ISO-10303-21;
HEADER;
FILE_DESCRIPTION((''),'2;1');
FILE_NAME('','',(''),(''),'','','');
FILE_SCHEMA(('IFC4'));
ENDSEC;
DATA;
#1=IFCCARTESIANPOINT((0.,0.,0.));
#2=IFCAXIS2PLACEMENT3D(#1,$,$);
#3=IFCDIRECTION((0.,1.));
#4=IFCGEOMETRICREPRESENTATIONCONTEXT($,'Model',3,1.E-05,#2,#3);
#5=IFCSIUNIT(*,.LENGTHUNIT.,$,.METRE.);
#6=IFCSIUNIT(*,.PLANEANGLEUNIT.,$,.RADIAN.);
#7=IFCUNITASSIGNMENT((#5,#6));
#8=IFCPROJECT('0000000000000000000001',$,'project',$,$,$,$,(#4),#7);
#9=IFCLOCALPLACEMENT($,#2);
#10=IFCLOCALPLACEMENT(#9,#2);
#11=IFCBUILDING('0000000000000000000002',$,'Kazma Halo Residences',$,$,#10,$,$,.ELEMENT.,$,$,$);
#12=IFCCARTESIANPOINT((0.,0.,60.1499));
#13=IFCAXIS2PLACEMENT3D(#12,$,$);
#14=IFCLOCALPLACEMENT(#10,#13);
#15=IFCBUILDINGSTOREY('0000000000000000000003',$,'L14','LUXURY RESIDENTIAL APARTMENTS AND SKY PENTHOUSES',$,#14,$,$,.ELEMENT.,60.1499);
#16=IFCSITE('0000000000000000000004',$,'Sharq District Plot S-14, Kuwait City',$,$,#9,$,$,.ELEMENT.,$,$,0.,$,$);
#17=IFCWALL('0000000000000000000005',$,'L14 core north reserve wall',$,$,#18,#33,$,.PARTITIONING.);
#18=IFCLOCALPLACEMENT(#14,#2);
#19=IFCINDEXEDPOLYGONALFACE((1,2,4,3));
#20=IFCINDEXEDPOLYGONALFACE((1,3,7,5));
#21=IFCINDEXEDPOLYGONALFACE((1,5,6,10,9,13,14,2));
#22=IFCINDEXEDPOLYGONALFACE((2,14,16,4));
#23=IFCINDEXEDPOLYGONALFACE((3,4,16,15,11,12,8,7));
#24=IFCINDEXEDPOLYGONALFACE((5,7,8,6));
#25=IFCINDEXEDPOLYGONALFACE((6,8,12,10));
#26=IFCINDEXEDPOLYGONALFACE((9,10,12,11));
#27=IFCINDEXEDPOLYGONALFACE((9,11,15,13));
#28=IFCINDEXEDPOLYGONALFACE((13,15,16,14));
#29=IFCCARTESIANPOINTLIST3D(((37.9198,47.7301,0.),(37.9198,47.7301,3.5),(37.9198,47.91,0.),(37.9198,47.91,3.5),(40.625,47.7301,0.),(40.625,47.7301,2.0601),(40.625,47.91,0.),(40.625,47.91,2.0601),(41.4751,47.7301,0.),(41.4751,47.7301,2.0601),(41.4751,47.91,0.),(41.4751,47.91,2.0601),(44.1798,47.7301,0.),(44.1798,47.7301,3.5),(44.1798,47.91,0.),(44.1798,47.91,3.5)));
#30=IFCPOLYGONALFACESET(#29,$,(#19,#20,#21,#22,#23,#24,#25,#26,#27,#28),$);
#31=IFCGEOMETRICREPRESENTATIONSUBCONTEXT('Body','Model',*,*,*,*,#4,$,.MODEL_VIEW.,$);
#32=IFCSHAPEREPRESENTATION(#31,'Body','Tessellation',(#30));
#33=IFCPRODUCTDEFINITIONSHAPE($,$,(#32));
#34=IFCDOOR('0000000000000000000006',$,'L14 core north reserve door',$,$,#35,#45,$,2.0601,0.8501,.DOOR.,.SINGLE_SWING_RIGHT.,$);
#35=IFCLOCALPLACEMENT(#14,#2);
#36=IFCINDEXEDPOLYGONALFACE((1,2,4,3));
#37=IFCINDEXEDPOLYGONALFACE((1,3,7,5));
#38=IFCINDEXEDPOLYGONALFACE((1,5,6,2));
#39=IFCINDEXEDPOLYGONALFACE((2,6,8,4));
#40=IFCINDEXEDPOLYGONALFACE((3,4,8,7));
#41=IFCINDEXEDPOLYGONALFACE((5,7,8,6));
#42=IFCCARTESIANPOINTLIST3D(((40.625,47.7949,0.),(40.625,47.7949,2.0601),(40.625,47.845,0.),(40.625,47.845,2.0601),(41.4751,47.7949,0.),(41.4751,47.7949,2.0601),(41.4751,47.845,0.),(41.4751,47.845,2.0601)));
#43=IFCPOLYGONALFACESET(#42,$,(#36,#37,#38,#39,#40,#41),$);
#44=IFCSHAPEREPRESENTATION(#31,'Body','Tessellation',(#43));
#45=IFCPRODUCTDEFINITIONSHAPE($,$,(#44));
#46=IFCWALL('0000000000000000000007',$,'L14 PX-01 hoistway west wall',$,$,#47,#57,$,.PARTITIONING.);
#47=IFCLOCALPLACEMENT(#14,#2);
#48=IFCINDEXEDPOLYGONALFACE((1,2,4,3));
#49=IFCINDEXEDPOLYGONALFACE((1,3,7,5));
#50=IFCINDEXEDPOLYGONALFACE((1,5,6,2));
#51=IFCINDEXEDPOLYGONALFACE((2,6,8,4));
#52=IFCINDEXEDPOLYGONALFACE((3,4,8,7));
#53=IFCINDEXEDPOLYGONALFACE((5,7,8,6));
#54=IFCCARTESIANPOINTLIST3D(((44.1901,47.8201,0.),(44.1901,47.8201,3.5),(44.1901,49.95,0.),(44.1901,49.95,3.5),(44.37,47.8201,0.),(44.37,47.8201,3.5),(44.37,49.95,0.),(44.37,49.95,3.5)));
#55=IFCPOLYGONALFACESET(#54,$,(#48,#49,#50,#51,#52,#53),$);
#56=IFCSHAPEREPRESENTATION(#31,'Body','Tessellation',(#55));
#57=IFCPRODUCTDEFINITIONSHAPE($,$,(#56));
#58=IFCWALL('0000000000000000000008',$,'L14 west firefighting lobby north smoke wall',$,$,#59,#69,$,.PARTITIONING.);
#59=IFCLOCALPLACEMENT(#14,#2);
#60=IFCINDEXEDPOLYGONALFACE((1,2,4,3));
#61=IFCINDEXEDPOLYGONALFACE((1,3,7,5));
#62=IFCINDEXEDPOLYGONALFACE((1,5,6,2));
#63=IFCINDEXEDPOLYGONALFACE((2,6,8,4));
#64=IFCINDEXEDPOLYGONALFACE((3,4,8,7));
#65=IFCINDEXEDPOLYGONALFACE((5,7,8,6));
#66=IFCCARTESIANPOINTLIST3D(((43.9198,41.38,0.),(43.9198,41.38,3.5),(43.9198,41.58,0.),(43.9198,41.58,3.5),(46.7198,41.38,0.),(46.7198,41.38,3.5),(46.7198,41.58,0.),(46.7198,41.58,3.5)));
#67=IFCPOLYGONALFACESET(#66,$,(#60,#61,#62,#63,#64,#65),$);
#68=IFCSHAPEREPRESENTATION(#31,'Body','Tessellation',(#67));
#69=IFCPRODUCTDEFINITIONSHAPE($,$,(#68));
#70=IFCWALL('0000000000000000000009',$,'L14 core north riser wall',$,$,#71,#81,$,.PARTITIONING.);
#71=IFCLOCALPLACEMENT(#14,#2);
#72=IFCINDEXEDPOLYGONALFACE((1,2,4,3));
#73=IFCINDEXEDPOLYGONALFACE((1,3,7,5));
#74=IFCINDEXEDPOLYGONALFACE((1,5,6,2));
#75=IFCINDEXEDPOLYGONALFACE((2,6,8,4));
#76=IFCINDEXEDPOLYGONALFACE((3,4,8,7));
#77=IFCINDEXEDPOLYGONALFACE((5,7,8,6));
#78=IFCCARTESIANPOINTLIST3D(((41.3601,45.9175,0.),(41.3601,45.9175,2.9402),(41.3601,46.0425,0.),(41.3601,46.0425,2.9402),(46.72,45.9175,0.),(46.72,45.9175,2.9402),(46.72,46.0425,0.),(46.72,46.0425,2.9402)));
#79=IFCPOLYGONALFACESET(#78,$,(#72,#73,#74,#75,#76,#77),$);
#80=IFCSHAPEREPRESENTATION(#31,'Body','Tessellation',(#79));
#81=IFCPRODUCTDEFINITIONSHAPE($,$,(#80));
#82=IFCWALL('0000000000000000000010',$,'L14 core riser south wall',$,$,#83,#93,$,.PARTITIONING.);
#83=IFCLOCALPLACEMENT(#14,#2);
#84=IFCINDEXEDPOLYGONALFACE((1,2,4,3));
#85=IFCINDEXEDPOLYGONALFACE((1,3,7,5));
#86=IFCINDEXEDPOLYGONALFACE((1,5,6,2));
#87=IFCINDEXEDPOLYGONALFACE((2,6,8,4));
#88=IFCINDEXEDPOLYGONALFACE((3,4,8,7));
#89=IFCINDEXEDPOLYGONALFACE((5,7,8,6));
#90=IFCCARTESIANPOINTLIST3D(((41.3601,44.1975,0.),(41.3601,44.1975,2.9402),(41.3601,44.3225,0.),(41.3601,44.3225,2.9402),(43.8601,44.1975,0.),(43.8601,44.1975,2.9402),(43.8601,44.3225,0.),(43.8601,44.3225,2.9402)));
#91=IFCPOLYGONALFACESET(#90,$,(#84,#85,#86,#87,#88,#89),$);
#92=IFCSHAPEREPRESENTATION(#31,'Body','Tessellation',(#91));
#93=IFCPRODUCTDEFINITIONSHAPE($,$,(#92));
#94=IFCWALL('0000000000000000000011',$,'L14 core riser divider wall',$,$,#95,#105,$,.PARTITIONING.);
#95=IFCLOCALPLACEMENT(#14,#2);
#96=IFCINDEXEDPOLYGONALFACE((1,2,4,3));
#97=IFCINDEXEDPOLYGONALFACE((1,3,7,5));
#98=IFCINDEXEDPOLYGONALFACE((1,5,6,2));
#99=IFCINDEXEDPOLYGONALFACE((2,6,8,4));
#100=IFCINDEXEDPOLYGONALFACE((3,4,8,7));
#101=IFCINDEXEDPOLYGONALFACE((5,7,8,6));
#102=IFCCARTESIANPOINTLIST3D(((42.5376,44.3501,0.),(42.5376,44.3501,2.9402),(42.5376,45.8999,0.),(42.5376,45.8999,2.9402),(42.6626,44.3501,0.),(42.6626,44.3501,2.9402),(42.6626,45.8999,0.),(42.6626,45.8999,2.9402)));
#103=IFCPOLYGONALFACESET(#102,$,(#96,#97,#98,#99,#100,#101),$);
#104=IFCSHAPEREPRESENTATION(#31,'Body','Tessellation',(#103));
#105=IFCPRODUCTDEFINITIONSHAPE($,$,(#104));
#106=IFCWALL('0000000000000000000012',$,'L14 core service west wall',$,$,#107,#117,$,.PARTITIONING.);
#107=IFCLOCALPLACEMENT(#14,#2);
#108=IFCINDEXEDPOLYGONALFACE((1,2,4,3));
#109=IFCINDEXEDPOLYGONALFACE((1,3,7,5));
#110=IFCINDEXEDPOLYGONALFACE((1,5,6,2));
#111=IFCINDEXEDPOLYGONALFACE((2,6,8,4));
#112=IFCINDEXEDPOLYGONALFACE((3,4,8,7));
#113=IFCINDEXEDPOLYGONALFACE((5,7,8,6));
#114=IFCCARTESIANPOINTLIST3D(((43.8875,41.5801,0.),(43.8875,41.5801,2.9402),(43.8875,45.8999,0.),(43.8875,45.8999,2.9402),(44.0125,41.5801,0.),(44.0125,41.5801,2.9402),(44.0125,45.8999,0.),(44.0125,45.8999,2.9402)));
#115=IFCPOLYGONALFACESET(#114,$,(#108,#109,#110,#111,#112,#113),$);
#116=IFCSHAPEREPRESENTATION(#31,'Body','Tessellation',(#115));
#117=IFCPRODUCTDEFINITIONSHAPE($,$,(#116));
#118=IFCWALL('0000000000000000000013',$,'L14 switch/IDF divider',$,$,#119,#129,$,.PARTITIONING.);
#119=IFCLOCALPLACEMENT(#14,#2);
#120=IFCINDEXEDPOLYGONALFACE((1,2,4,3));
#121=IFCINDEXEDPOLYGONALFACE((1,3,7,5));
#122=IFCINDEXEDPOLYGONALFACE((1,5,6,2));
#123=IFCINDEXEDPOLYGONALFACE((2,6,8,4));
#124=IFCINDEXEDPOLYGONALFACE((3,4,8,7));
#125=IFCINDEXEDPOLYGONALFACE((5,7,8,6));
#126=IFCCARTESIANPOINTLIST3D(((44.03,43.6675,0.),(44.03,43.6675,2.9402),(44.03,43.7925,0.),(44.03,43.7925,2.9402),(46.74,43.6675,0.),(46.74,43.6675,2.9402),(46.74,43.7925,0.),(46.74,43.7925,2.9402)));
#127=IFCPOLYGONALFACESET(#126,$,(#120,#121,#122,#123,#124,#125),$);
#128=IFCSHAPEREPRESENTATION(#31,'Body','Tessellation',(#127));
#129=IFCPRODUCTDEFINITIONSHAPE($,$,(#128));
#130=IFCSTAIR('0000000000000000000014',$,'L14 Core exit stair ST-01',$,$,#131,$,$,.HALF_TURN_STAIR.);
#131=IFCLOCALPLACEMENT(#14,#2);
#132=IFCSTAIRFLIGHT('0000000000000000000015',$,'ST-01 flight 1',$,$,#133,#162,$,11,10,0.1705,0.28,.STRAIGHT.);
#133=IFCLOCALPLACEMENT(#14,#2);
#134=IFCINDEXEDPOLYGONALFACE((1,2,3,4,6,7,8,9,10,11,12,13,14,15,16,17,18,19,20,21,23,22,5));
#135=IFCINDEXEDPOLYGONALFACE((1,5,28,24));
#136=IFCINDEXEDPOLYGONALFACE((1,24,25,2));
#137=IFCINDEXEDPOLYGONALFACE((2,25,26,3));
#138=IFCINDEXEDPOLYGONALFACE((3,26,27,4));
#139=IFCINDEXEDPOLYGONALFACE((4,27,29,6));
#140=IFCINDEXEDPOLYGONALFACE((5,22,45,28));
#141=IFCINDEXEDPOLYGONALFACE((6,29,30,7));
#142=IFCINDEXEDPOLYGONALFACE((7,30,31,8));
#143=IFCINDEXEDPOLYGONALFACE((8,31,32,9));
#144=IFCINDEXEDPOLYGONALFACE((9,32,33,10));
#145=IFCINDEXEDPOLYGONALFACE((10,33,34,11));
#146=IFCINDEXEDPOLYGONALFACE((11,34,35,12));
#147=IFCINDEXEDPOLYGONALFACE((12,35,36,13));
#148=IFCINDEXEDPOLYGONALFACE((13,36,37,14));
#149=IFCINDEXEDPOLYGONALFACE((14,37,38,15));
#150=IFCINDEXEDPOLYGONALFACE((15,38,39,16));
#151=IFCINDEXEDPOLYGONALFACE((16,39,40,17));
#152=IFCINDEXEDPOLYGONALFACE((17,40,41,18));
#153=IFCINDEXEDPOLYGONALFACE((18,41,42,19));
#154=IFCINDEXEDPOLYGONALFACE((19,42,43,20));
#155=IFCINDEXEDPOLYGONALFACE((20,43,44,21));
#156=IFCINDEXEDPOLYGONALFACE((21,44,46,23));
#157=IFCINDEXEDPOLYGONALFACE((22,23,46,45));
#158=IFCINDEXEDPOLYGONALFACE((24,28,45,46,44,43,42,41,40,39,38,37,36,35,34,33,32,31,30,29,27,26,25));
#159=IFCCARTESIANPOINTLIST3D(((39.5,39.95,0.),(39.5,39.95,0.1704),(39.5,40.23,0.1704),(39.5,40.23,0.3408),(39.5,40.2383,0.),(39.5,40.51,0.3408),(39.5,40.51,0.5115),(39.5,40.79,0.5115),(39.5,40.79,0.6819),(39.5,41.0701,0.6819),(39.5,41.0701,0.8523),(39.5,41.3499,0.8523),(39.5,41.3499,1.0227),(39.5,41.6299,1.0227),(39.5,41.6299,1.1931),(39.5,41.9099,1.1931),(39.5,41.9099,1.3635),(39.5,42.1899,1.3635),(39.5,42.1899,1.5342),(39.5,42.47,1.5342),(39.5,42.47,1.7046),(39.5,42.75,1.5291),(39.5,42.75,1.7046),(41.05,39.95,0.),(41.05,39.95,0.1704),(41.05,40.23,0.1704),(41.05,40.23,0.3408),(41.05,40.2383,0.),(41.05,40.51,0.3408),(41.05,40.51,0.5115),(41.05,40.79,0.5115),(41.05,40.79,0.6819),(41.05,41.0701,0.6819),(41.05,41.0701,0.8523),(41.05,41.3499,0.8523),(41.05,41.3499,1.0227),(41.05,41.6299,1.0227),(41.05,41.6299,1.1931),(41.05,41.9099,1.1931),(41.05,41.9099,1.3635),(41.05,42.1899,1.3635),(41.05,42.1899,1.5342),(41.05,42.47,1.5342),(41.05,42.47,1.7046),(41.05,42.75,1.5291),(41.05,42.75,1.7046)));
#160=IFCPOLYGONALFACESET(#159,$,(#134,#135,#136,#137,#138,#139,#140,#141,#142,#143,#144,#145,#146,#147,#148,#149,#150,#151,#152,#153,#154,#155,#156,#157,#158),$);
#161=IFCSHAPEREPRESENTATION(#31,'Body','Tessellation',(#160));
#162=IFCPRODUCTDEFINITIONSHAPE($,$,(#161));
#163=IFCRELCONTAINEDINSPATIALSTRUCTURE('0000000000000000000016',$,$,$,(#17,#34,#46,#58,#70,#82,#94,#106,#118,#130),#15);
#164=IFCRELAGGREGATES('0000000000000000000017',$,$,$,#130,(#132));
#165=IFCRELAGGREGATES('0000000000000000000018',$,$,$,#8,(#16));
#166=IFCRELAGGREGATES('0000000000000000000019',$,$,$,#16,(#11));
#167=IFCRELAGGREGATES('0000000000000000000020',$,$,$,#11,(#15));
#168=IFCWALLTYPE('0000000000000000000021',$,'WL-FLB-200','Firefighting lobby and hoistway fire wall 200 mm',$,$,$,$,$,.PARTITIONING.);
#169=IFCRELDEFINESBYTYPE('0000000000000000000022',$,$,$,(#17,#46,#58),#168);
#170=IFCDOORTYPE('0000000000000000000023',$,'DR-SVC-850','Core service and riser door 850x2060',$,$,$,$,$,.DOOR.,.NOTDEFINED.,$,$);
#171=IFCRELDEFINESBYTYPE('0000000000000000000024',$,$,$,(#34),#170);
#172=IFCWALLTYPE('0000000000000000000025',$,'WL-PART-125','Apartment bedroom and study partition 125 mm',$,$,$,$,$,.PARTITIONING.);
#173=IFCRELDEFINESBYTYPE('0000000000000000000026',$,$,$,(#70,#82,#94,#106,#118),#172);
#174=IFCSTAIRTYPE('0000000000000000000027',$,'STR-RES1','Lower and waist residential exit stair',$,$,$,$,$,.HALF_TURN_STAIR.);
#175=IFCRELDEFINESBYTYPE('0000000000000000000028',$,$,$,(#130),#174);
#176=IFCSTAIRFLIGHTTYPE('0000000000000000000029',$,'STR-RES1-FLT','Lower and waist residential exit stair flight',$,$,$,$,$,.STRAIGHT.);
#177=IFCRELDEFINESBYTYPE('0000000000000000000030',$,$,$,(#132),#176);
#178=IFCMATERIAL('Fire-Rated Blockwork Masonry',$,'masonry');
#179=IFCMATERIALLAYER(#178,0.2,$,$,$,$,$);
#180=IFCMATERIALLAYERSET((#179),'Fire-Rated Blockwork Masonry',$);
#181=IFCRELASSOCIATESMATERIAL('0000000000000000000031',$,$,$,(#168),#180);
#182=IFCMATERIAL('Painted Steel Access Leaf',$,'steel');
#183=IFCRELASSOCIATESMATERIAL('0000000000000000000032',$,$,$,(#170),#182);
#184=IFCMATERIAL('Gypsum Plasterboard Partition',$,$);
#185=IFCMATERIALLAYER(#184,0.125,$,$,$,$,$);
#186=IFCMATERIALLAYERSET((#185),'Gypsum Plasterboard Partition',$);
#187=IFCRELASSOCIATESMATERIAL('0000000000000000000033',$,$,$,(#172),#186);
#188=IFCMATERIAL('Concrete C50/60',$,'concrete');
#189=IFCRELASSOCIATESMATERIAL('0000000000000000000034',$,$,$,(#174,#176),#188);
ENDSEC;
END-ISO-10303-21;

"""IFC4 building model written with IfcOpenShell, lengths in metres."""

from ifc_helpers import new_model, si_unit, direction, frame, frame_2d, origin, place, context, subcontext, project, spatial, polyline, rectangle, outline, extrude, material, layer, layer_set, type_object, element, fill, aggregate, save


model = new_model("IFC4")

# Units and contexts
model_context = context("Model", 3, precision=1e-05, world=origin(), true_north=direction((0.0, 1.0)))
body_context = subcontext(model_context, "Body", "Model", "MODEL_VIEW")
ifc_project = project(units=[si_unit("LENGTHUNIT", "METRE"), si_unit("PLANEANGLEUNIT", "RADIAN")], contexts=[model_context])

# Site, building, storey
site_placement = place(None, origin())
site = spatial("IfcSite", under=ifc_project, at=site_placement, Name="Sharq District Plot S-14, Kuwait City", CompositionType="ELEMENT", RefElevation=0.0)
building_placement = place(site_placement, origin())
building = spatial("IfcBuilding", under=site, at=building_placement, Name="Kazma Halo Residences", CompositionType="ELEMENT")
storey_placement = place(building_placement, frame((0.0, 0.0, 60.1499)))
storey = spatial("IfcBuildingStorey", under=building, at=storey_placement, Name="L14", Description="LUXURY RESIDENTIAL APARTMENTS AND SKY PENTHOUSES", CompositionType="ELEMENT", Elevation=60.1499)

# Shared definitions
ifc_material_1 = material(Name="Fire-Rated Blockwork Masonry", Category="masonry")
ifc_layer_1 = layer(ifc_material_1, 0.2)
ifc_layer_set_1 = layer_set([ifc_layer_1], Name="Fire-Rated Blockwork Masonry")
wall_type_1 = type_object("IfcWallType", Name="WL-FLB-200", Description="Firefighting lobby and hoistway fire wall 200 mm", PredefinedType="PARTITIONING", material=ifc_layer_set_1)

# Wall, opening, door
wall_1_placement = place(storey_placement, frame((37.9199, 47.8201, 0.0), z_axis=(0.0, 0.0, 1.0), x_axis=(1.0, 0.0, 0.0)))
wall_1 = element("IfcWall", 1, at=wall_1_placement, inside=storey, type_object=wall_type_1, Name="L14 core north reserve wall", PredefinedType="PARTITIONING", context=body_context, shape_type="SweptSolid", body=[
    extrude(rectangle(XDim=6.26, YDim=0.1799, at=frame_2d((3.1299, 0.0))), origin(), (0.0, 0.0, 1.0), 3.5),
])
opening_1_placement = place(wall_1_placement, frame((2.7051, 0.0, 0.0)))
opening_1 = element("IfcOpeningElement", 2, at=opening_1_placement, cuts=wall_1, PredefinedType="OPENING", context=body_context, shape_type="SweptSolid", body=[
    extrude(rectangle(XDim=0.8501, YDim=2.0601, at=frame_2d((0.425, 1.03))), frame((0.0, 0.0999, 0.0), z_axis=(0.0, -1.0, 0.0), x_axis=(1.0, 0.0, 0.0)), (0.0, 0.0, 1.0), 0.2),
])
ifc_material_2 = material(Name="Painted Steel Access Leaf", Category="steel")
door_type_1 = type_object("IfcDoorType", Name="DR-SVC-850", Description="Core service and riser door 850x2060", OperationType="NOTDEFINED", PredefinedType="DOOR", material=ifc_material_2)
door_1_placement = place(opening_1_placement, origin())
door_1 = element("IfcDoor", 3, at=door_1_placement, inside=storey, type_object=door_type_1, Name="L14 core north reserve door", OperationType="SINGLE_SWING_RIGHT", OverallHeight=2.0601, OverallWidth=0.8501, PredefinedType="DOOR", context=body_context, shape_type="SweptSolid", body=[
    extrude(rectangle(XDim=0.8501, YDim=2.0601, at=frame_2d((0.425, 1.03))), frame((0.0, 0.0249, 0.0), z_axis=(0.0, -1.0, 0.0), x_axis=(1.0, 0.0, 0.0)), (0.0, 0.0, 1.0), 0.05),
])
fill(opening_1, door_1)

# Walls
wall_2_placement = place(storey_placement, frame((44.28, 47.8201, 0.0), z_axis=(0.0, 0.0, 1.0), x_axis=(0.0, 1.0, 0.0)))
element("IfcWall", 4, at=wall_2_placement, inside=storey, type_object=wall_type_1, Name="L14 PX-01 hoistway west wall", PredefinedType="PARTITIONING", context=body_context, shape_type="SweptSolid", body=[
    extrude(rectangle(XDim=2.1299, YDim=0.1799, at=frame_2d((1.0649, 0.0))), origin(), (0.0, 0.0, 1.0), 3.5),
])
wall_3_placement = place(storey_placement, frame((43.9199, 41.48, 0.0), z_axis=(0.0, 0.0, 1.0), x_axis=(1.0, 0.0, 0.0)))
element("IfcWall", 5, at=wall_3_placement, inside=storey, type_object=wall_type_1, Name="L14 west firefighting lobby north smoke wall", PredefinedType="PARTITIONING", context=body_context, shape_type="SweptSolid", body=[
    extrude(rectangle(XDim=2.8, YDim=0.2, at=frame_2d((1.3999, 0.0))), origin(), (0.0, 0.0, 1.0), 3.5),
])
ifc_material_3 = material(Name="Gypsum Plasterboard Partition")
ifc_layer_2 = layer(ifc_material_3, 0.125)
ifc_layer_set_2 = layer_set([ifc_layer_2], Name="Gypsum Plasterboard Partition")
wall_type_2 = type_object("IfcWallType", Name="WL-PART-125", Description="Apartment bedroom and study partition 125 mm", PredefinedType="PARTITIONING", material=ifc_layer_set_2)
wall_4_placement = place(storey_placement, frame((41.3601, 45.98, 0.0), z_axis=(0.0, 0.0, 1.0), x_axis=(1.0, 0.0, 0.0)))
element("IfcWall", 6, at=wall_4_placement, inside=storey, type_object=wall_type_2, Name="L14 core north riser wall", PredefinedType="PARTITIONING", context=body_context, shape_type="SweptSolid", body=[
    extrude(rectangle(XDim=5.3599, YDim=0.125, at=frame_2d((2.6799, 0.0))), origin(), (0.0, 0.0, 1.0), 2.9402),
])
wall_5_placement = place(storey_placement, frame((41.3601, 44.26, 0.0), z_axis=(0.0, 0.0, 1.0), x_axis=(1.0, 0.0, 0.0)))
element("IfcWall", 7, at=wall_5_placement, inside=storey, type_object=wall_type_2, Name="L14 core riser south wall", PredefinedType="PARTITIONING", context=body_context, shape_type="SweptSolid", body=[
    extrude(rectangle(XDim=2.5, YDim=0.125, at=frame_2d((1.25, 0.0))), origin(), (0.0, 0.0, 1.0), 2.9402),
])
wall_6_placement = place(storey_placement, frame((42.6001, 44.3501, 0.0), z_axis=(0.0, 0.0, 1.0), x_axis=(0.0, 1.0, 0.0)))
element("IfcWall", 8, at=wall_6_placement, inside=storey, type_object=wall_type_2, Name="L14 core riser divider wall", PredefinedType="PARTITIONING", context=body_context, shape_type="SweptSolid", body=[
    extrude(rectangle(XDim=1.5498, YDim=0.125, at=frame_2d((0.7749, 0.0))), origin(), (0.0, 0.0, 1.0), 2.9402),
])
wall_7_placement = place(storey_placement, frame((43.95, 41.5801, 0.0), z_axis=(0.0, 0.0, 1.0), x_axis=(0.0, 1.0, 0.0)))
element("IfcWall", 9, at=wall_7_placement, inside=storey, type_object=wall_type_2, Name="L14 core service west wall", PredefinedType="PARTITIONING", context=body_context, shape_type="SweptSolid", body=[
    extrude(rectangle(XDim=4.3198, YDim=0.125, at=frame_2d((2.1599, 0.0))), origin(), (0.0, 0.0, 1.0), 2.9402),
])
wall_8_placement = place(storey_placement, frame((44.03, 43.73, 0.0), z_axis=(0.0, 0.0, 1.0), x_axis=(1.0, 0.0, 0.0)))
element("IfcWall", 10, at=wall_8_placement, inside=storey, type_object=wall_type_2, Name="L14 switch/IDF divider", PredefinedType="PARTITIONING", context=body_context, shape_type="SweptSolid", body=[
    extrude(rectangle(XDim=2.71, YDim=0.125, at=frame_2d((1.355, 0.0))), origin(), (0.0, 0.0, 1.0), 2.9402),
])

# Stair, stair flight
ifc_material_4 = material(Name="Concrete C50/60", Category="concrete")
stair_type = type_object("IfcStairType", Name="STR-RES1", Description="Lower and waist residential exit stair", PredefinedType="HALF_TURN_STAIR", material=ifc_material_4)
stair_placement = place(storey_placement, origin())
stair = element("IfcStair", 11, at=stair_placement, inside=storey, type_object=stair_type, Name="L14 Core exit stair ST-01", PredefinedType="HALF_TURN_STAIR")
stair_flight_type = type_object("IfcStairFlightType", Name="STR-RES1-FLT", Description="Lower and waist residential exit stair flight", PredefinedType="STRAIGHT", material=ifc_material_4)
stair_flight_1_placement = place(storey_placement, frame((40.2749, 39.95, 0.0), z_axis=(0.0, 0.0, 1.0), x_axis=(0.0, 1.0, 0.0)))
stair_flight_1 = element("IfcStairFlight", 12, at=stair_flight_1_placement, type_object=stair_flight_type, Name="ST-01 flight 1", NumberOfRisers=11, NumberOfTreads=10, PredefinedType="STRAIGHT", RiserHeight=0.1705, TreadLength=0.28, context=body_context, shape_type="SweptSolid", body=[
    extrude(outline(polyline([(0.0, 0.0), (0.0, 0.1704), (0.28, 0.1704), (0.28, 0.3408), (0.5601, 0.3408), (0.5601, 0.5115), (0.8401, 0.5115), (0.8401, 0.6819), (1.1201, 0.6819), (1.1201, 0.8523), (1.3999, 0.8523), (1.3999, 1.0227), (1.6799, 1.0227), (1.6799, 1.1931), (1.96, 1.1931), (1.96, 1.3635), (2.24, 1.3635), (2.24, 1.5342), (2.52, 1.5342), (2.52, 1.7046), (2.8, 1.7046), (2.8, 1.875), (2.8, 1.5291), (0.2883, 0.0), (0.0, 0.0)])), frame((0.0, 0.7749, 0.0), z_axis=(0.0, -1.0, 0.0), x_axis=(1.0, 0.0, 0.0)), (0.0, 0.0, 1.0), 1.55),
])
aggregate(stair, [stair_flight_1])

save(model, "model.ifc")
